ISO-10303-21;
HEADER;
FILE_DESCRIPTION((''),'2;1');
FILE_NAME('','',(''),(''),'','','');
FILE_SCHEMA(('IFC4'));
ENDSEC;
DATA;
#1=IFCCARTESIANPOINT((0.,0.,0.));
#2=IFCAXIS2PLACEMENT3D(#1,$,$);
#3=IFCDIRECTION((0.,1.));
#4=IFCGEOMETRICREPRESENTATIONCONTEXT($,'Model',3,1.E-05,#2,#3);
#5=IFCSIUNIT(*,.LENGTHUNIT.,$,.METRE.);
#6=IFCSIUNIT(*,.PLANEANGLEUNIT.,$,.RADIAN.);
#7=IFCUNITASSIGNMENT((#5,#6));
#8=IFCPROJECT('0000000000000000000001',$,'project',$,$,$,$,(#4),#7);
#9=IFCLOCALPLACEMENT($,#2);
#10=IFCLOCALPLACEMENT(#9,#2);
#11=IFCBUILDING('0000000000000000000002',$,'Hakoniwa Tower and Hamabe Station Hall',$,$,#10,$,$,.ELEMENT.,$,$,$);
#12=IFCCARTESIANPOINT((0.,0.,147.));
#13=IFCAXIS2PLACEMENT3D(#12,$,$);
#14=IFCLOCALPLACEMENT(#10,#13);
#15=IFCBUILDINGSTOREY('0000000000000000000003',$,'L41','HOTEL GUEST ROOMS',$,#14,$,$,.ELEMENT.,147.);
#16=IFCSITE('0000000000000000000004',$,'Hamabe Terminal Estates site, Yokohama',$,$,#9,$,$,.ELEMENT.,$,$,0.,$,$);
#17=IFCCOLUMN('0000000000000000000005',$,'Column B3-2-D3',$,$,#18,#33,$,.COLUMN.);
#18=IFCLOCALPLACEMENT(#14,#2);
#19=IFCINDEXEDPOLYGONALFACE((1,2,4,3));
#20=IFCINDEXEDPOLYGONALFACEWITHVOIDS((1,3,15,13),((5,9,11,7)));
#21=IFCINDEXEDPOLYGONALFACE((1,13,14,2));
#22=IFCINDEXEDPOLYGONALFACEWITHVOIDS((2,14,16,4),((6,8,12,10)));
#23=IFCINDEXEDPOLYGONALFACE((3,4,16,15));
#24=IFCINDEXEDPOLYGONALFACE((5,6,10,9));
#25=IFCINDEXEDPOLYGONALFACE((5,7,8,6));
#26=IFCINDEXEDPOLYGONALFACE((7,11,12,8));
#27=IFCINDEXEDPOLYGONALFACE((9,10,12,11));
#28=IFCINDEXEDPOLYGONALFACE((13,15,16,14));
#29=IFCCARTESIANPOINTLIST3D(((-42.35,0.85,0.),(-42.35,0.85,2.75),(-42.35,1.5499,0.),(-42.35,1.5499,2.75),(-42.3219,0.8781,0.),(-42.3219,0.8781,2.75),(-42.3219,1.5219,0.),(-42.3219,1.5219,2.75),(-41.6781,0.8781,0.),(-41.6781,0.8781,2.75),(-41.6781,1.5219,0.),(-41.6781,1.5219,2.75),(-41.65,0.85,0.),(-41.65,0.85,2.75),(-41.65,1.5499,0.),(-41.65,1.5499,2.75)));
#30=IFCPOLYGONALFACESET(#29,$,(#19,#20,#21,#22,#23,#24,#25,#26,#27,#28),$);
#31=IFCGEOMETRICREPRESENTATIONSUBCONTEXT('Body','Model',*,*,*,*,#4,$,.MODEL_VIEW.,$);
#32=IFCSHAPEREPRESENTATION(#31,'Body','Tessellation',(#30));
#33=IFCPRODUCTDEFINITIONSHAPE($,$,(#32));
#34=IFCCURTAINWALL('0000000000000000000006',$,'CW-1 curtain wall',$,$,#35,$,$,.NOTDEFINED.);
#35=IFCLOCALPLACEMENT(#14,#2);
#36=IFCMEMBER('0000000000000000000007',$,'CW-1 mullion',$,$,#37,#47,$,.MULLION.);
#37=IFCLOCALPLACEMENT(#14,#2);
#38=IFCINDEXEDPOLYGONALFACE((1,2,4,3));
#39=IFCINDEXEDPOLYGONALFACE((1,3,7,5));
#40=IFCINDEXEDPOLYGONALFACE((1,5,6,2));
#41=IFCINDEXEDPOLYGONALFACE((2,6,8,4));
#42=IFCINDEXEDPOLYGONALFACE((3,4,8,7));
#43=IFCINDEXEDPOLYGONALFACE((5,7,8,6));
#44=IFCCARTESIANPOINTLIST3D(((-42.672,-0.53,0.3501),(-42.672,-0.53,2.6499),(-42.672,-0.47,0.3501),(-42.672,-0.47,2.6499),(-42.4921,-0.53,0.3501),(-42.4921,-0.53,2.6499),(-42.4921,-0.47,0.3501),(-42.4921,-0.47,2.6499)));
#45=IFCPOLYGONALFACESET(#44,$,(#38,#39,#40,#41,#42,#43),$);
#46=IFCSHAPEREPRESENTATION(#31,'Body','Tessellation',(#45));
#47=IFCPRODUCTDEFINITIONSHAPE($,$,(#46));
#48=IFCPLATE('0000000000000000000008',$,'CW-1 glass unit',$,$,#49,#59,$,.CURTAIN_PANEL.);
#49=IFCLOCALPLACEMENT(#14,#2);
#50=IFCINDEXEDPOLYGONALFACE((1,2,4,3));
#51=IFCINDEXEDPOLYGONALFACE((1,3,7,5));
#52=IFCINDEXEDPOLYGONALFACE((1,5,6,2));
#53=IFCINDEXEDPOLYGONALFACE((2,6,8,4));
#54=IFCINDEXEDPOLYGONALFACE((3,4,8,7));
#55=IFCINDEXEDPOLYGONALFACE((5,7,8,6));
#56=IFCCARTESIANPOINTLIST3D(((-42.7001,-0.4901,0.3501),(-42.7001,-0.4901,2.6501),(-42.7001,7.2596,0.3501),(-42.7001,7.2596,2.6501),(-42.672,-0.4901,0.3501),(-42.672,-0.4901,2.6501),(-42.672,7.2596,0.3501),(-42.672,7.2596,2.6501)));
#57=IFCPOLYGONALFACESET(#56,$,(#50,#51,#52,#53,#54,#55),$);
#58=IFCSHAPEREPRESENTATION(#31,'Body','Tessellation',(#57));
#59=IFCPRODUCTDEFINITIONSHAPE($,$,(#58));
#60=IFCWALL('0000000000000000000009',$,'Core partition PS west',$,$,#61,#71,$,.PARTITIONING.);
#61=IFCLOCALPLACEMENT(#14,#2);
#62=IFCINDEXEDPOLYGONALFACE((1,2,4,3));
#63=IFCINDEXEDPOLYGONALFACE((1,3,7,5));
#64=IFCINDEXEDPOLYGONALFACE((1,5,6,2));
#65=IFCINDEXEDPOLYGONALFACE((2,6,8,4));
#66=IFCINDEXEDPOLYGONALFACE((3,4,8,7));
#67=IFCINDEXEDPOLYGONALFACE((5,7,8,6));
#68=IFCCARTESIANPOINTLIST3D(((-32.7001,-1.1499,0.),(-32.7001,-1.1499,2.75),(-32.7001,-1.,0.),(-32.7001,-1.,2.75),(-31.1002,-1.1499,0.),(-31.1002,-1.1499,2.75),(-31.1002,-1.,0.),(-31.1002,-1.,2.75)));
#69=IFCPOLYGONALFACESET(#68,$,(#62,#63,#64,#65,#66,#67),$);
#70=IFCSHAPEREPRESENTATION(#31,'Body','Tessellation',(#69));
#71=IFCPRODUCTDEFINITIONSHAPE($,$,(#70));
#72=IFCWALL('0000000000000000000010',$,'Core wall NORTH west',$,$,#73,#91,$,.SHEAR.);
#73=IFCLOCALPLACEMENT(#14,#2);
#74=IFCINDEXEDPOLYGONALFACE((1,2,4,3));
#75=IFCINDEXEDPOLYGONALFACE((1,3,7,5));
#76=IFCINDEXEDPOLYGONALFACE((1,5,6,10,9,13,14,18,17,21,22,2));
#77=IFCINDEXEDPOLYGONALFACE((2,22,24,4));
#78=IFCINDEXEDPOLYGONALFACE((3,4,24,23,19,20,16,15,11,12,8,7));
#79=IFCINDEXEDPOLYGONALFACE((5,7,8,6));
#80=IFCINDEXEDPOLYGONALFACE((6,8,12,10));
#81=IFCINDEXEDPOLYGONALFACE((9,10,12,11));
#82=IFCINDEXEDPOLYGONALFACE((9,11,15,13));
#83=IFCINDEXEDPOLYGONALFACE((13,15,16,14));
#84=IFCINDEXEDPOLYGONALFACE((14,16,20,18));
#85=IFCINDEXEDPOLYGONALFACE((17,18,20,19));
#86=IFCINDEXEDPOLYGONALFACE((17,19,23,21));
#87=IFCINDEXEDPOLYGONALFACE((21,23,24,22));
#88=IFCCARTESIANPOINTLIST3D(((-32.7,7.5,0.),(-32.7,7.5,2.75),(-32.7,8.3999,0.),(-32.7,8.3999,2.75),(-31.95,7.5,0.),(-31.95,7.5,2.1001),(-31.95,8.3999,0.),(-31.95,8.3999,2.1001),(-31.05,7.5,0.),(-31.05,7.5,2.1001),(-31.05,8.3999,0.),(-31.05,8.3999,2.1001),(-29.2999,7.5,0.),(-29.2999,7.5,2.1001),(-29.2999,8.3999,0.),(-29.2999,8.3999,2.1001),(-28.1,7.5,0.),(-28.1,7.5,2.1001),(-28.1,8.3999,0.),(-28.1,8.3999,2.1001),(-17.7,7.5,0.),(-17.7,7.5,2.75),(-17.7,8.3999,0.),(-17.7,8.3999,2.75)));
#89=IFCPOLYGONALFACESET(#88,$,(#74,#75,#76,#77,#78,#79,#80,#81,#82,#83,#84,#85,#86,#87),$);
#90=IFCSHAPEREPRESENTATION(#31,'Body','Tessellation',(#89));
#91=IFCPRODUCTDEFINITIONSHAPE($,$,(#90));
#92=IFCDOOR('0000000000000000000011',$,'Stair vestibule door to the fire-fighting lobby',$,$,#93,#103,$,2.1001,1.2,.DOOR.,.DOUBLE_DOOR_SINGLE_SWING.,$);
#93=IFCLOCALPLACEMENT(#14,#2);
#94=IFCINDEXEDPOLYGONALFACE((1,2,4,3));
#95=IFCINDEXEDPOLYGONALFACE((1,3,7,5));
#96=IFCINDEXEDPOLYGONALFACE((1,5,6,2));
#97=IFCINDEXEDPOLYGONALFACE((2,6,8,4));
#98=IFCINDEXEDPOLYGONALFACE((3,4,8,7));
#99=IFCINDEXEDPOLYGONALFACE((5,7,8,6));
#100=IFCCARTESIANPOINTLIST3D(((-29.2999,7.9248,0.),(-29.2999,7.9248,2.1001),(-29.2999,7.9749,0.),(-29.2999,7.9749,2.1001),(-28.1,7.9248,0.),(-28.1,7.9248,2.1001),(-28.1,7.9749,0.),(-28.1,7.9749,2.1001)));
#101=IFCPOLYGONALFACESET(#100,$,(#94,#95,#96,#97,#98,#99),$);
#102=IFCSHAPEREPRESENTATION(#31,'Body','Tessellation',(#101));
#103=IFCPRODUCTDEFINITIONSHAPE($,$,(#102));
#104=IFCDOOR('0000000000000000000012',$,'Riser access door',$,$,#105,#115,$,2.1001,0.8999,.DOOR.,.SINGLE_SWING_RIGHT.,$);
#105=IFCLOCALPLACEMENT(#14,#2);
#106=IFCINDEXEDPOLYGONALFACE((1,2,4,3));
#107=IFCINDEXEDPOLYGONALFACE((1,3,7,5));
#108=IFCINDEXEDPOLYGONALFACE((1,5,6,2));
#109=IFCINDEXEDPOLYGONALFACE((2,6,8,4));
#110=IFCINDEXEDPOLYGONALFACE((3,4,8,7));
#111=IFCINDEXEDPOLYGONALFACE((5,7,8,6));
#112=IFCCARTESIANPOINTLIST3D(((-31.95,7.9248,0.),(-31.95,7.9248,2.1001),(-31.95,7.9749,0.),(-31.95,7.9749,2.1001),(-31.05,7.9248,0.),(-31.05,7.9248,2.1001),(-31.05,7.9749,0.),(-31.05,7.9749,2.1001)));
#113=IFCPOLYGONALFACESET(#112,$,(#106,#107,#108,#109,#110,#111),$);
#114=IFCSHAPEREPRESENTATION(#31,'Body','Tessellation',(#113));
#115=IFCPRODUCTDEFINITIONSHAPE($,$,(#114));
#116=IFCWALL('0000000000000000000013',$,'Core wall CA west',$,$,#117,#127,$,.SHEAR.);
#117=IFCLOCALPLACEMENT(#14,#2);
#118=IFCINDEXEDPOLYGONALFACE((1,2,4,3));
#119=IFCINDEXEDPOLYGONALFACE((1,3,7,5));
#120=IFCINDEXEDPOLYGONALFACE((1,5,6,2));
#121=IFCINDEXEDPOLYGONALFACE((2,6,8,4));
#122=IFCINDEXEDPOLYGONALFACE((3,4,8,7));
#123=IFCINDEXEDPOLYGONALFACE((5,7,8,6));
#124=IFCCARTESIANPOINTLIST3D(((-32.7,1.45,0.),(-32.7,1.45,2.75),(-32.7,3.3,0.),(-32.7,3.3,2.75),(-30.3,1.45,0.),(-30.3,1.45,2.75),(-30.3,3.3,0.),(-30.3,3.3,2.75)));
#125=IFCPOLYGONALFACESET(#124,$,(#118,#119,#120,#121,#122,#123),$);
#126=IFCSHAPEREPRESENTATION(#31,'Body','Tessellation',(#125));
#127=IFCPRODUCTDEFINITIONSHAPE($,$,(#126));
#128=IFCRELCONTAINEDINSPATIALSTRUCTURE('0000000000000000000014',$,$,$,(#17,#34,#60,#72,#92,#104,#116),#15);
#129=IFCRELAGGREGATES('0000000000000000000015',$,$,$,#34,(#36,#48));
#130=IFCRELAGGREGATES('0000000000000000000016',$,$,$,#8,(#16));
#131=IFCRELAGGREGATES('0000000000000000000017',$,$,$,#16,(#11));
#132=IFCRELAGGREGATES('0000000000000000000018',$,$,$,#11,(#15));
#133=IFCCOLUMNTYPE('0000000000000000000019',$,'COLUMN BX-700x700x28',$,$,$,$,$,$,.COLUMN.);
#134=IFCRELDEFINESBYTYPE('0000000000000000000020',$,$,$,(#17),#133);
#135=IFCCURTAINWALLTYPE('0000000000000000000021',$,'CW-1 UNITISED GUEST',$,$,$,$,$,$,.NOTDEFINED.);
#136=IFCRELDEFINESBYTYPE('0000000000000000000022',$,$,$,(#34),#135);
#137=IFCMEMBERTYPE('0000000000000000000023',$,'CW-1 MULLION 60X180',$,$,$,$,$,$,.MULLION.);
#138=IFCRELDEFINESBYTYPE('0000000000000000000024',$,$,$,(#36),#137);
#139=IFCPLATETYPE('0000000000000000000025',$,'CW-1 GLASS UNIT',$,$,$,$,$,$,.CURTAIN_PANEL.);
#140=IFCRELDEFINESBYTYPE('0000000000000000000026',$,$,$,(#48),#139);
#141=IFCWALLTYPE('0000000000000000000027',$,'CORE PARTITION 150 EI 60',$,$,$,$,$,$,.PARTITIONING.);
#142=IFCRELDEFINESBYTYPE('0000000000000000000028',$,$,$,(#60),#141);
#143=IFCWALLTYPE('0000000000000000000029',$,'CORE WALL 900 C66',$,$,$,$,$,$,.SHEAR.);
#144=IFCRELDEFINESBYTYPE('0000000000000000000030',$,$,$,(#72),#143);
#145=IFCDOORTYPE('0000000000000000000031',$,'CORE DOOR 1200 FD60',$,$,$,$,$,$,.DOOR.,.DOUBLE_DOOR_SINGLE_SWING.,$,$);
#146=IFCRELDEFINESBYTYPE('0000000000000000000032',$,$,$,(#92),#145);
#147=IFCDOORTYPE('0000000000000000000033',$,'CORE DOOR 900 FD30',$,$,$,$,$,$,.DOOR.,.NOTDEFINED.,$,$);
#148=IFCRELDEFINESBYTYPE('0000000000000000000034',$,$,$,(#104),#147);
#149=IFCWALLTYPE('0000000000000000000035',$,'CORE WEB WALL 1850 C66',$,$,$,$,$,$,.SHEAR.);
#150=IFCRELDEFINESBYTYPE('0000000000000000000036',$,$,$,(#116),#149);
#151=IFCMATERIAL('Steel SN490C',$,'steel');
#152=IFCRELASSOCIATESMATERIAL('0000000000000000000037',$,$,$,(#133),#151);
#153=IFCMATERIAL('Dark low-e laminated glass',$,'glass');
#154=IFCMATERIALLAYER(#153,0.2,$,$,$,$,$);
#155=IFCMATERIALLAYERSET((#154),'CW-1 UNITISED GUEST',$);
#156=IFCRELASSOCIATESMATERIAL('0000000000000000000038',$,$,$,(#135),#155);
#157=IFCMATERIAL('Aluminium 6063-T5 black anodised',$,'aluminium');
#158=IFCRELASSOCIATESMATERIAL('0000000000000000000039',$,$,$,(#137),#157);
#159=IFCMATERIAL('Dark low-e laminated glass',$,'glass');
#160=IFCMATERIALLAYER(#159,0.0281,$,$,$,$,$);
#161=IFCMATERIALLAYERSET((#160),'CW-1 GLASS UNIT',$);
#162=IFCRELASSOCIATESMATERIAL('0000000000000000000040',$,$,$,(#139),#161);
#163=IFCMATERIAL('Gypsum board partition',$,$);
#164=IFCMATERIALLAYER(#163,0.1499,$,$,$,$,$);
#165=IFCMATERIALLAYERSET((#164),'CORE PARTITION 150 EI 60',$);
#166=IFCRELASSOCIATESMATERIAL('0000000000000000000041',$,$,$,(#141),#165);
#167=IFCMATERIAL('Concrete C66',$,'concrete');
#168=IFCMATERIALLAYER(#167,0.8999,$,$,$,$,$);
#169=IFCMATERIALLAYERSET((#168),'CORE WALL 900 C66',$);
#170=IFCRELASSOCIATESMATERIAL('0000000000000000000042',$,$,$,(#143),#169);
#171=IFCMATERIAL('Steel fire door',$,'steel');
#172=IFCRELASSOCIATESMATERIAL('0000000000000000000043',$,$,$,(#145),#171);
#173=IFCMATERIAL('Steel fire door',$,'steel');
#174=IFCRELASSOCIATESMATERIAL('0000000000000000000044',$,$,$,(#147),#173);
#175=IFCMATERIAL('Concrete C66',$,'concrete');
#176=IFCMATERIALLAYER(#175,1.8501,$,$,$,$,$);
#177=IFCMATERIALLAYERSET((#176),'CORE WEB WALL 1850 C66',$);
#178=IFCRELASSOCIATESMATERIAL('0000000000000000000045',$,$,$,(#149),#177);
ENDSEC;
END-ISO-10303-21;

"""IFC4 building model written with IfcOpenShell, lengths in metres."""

from ifc_helpers import new_model, si_unit, direction, frame, frame_2d, origin, origin_2d, place, context, subcontext, project, spatial, rectangle, hollow_rectangle, extrude, material, layer, layer_set, material_profile, profile_set, type_object, element, fill, aggregate, save


model = new_model("IFC4")

# Units and contexts
model_context = context("Model", 3, precision=1e-05, world=origin(), true_north=direction((0.0, 1.0)))
body_context = subcontext(model_context, "Body", "Model", "MODEL_VIEW")
ifc_project = project(units=[si_unit("LENGTHUNIT", "METRE"), si_unit("PLANEANGLEUNIT", "RADIAN")], contexts=[model_context])

# Site, building, storey
site_placement = place(None, origin())
site = spatial("IfcSite", under=ifc_project, at=site_placement, Name="Hamabe Terminal Estates site, Yokohama", CompositionType="ELEMENT", RefElevation=0.0)
building_placement = place(site_placement, origin())
building = spatial("IfcBuilding", under=site, at=building_placement, Name="Hakoniwa Tower and Hamabe Station Hall", CompositionType="ELEMENT")
storey_placement = place(building_placement, frame((0.0, 0.0, 147.0)))
storey = spatial("IfcBuildingStorey", under=building, at=storey_placement, Name="L41", Description="HOTEL GUEST ROOMS", CompositionType="ELEMENT", Elevation=147.0)

# Column
ifc_material_1 = material(Name="Steel SN490C", Category="steel")
ifc_material_profile_1 = material_profile(ifc_material_1, hollow_rectangle(XDim=0.7, YDim=0.7, WallThickness=0.0281, at=origin_2d()), Name="BX-700x700x28")
ifc_profile_set_1 = profile_set([ifc_material_profile_1], Name="Steel SN490C")
column_type = type_object("IfcColumnType", Name="COLUMN BX-700x700x28", PredefinedType="COLUMN", material=ifc_profile_set_1)
column_placement = place(storey_placement, frame((-42.0, 1.2, 0.0), z_axis=(0.0, 0.0, 1.0), x_axis=(1.0, 0.0, 0.0)))
element("IfcColumn", 1, at=column_placement, inside=storey, type_object=column_type, Name="Column B3-2-D3", PredefinedType="COLUMN", context=body_context, shape_type="SweptSolid", body=[
    extrude(hollow_rectangle(XDim=0.7, YDim=0.7, WallThickness=0.0281, at=origin_2d()), origin(), (0.0, 0.0, 1.0), 2.75),
])

# Curtain wall, member, plate
ifc_material_2 = material(Name="Dark low-e laminated glass", Category="glass")
ifc_layer_1 = layer(ifc_material_2, 0.2)
ifc_layer_set_1 = layer_set([ifc_layer_1], Name="CW-1 UNITISED GUEST")
curtain_wall_type = type_object("IfcCurtainWallType", Name="CW-1 UNITISED GUEST", PredefinedType="NOTDEFINED", material=ifc_layer_set_1)
curtain_wall_placement = place(storey_placement, origin())
curtain_wall = element("IfcCurtainWall", 2, at=curtain_wall_placement, inside=storey, type_object=curtain_wall_type, Name="CW-1 curtain wall", PredefinedType="NOTDEFINED")
ifc_material_3 = material(Name="Aluminium 6063-T5 black anodised", Category="aluminium")
ifc_material_profile_2 = material_profile(ifc_material_3, rectangle(XDim=0.0601, YDim=0.1799, at=origin_2d()), Name="CW-1 MULLION 60X180")
ifc_profile_set_2 = profile_set([ifc_material_profile_2], Name="Aluminium 6063-T5 black anodised")
member_type = type_object("IfcMemberType", Name="CW-1 MULLION 60X180", PredefinedType="MULLION", material=ifc_profile_set_2)
member_placement = place(storey_placement, frame((-42.582, -0.5, 0.3501), z_axis=(0.0, 0.0, 1.0), x_axis=(0.0, -1.0, 0.0)))
member = element("IfcMember", 3, at=member_placement, type_object=member_type, Name="CW-1 mullion", PredefinedType="MULLION", context=body_context, shape_type="SweptSolid", body=[
    extrude(rectangle(XDim=0.0601, YDim=0.1799, at=origin_2d()), origin(), (0.0, 0.0, 1.0), 2.2998),
])
ifc_material_4 = material(Name="Dark low-e laminated glass", Category="glass")
ifc_layer_2 = layer(ifc_material_4, 0.0281)
ifc_layer_set_2 = layer_set([ifc_layer_2], Name="CW-1 GLASS UNIT")
plate_type = type_object("IfcPlateType", Name="CW-1 GLASS UNIT", PredefinedType="CURTAIN_PANEL", material=ifc_layer_set_2)
plate_placement = place(storey_placement, frame((-42.686, 3.3848, 0.3501), z_axis=(0.0, 0.0, 1.0), x_axis=(0.0, -1.0, 0.0)))
plate = element("IfcPlate", 4, at=plate_placement, type_object=plate_type, Name="CW-1 glass unit", PredefinedType="CURTAIN_PANEL", context=body_context, shape_type="SweptSolid", body=[
    extrude(rectangle(XDim=7.7498, YDim=0.0281, at=origin_2d()), origin(), (0.0, 0.0, 1.0), 2.3),
])
aggregate(curtain_wall, [member, plate])

# Wall
ifc_material_5 = material(Name="Gypsum board partition")
ifc_layer_3 = layer(ifc_material_5, 0.1499)
ifc_layer_set_3 = layer_set([ifc_layer_3], Name="CORE PARTITION 150 EI 60")
wall_type_1 = type_object("IfcWallType", Name="CORE PARTITION 150 EI 60", PredefinedType="PARTITIONING", material=ifc_layer_set_3)
wall_1_placement = place(storey_placement, frame((-32.7, -1.075, 0.0), z_axis=(0.0, 0.0, 1.0), x_axis=(1.0, 0.0, 0.0)))
element("IfcWall", 5, at=wall_1_placement, inside=storey, type_object=wall_type_1, Name="Core partition PS west", PredefinedType="PARTITIONING", context=body_context, shape_type="SweptSolid", body=[
    extrude(rectangle(XDim=1.5999, YDim=0.1499, at=frame_2d((0.7998, 0.0))), origin(), (0.0, 0.0, 1.0), 2.75),
])

# Wall, openings, doors
ifc_material_6 = material(Name="Concrete C66", Category="concrete")
ifc_layer_4 = layer(ifc_material_6, 0.8999)
ifc_layer_set_4 = layer_set([ifc_layer_4], Name="CORE WALL 900 C66")
wall_type_2 = type_object("IfcWallType", Name="CORE WALL 900 C66", PredefinedType="SHEAR", material=ifc_layer_set_4)
wall_2_placement = place(storey_placement, frame((-32.7, 7.95, 0.0), z_axis=(0.0, 0.0, 1.0), x_axis=(1.0, 0.0, 0.0)))
wall_2 = element("IfcWall", 6, at=wall_2_placement, inside=storey, type_object=wall_type_2, Name="Core wall NORTH west", PredefinedType="SHEAR", context=body_context, shape_type="SweptSolid", body=[
    extrude(rectangle(XDim=15.0, YDim=0.8999, at=frame_2d((7.5, 0.0))), origin(), (0.0, 0.0, 1.0), 2.75),
])
opening_1_placement = place(wall_2_placement, frame((3.3999, 0.0, 0.0)))
opening_1 = element("IfcOpeningElement", 7, at=opening_1_placement, cuts=wall_2, PredefinedType="OPENING", context=body_context, shape_type="SweptSolid", body=[
    extrude(rectangle(XDim=1.2, YDim=2.1001, at=frame_2d((0.6001, 1.05))), frame((0.0, 0.46, 0.0), z_axis=(0.0, -1.0, 0.0), x_axis=(1.0, 0.0, 0.0)), (0.0, 0.0, 1.0), 0.9199),
])
opening_2_placement = place(wall_2_placement, frame((0.75, 0.0, 0.0)))
opening_2 = element("IfcOpeningElement", 8, at=opening_2_placement, cuts=wall_2, PredefinedType="OPENING", context=body_context, shape_type="SweptSolid", body=[
    extrude(rectangle(XDim=0.8999, YDim=2.1001, at=frame_2d((0.45, 1.05))), frame((0.0, 0.46, 0.0), z_axis=(0.0, -1.0, 0.0), x_axis=(1.0, 0.0, 0.0)), (0.0, 0.0, 1.0), 0.9199),
])
ifc_material_7 = material(Name="Steel fire door", Category="steel")
door_type_1 = type_object("IfcDoorType", Name="CORE DOOR 1200 FD60", OperationType="DOUBLE_DOOR_SINGLE_SWING", PredefinedType="DOOR", material=ifc_material_7)
door_1_placement = place(opening_1_placement, origin())
door_1 = element("IfcDoor", 9, at=door_1_placement, inside=storey, type_object=door_type_1, Name="Stair vestibule door to the fire-fighting lobby", OperationType="DOUBLE_DOOR_SINGLE_SWING", OverallHeight=2.1001, OverallWidth=1.2, PredefinedType="DOOR", context=body_context, shape_type="SweptSolid", body=[
    extrude(rectangle(XDim=1.2, YDim=2.1001, at=frame_2d((0.6001, 1.05))), frame((0.0, 0.0249, 0.0), z_axis=(0.0, -1.0, 0.0), x_axis=(1.0, 0.0, 0.0)), (0.0, 0.0, 1.0), 0.05),
])
fill(opening_1, door_1)
ifc_material_8 = material(Name="Steel fire door", Category="steel")
door_type_2 = type_object("IfcDoorType", Name="CORE DOOR 900 FD30", OperationType="NOTDEFINED", PredefinedType="DOOR", material=ifc_material_8)
door_2_placement = place(opening_2_placement, origin())
door_2 = element("IfcDoor", 10, at=door_2_placement, inside=storey, type_object=door_type_2, Name="Riser access door", OperationType="SINGLE_SWING_RIGHT", OverallHeight=2.1001, OverallWidth=0.8999, PredefinedType="DOOR", context=body_context, shape_type="SweptSolid", body=[
    extrude(rectangle(XDim=0.8999, YDim=2.1001, at=frame_2d((0.45, 1.05))), frame((0.0, 0.0249, 0.0), z_axis=(0.0, -1.0, 0.0), x_axis=(1.0, 0.0, 0.0)), (0.0, 0.0, 1.0), 0.05),
])
fill(opening_2, door_2)

# Wall
ifc_material_9 = material(Name="Concrete C66", Category="concrete")
ifc_layer_5 = layer(ifc_material_9, 1.8501)
ifc_layer_set_5 = layer_set([ifc_layer_5], Name="CORE WEB WALL 1850 C66")
wall_type_3 = type_object("IfcWallType", Name="CORE WEB WALL 1850 C66", PredefinedType="SHEAR", material=ifc_layer_set_5)
wall_3_placement = place(storey_placement, frame((-32.7, 2.375, 0.0), z_axis=(0.0, 0.0, 1.0), x_axis=(1.0, 0.0, 0.0)))
element("IfcWall", 11, at=wall_3_placement, inside=storey, type_object=wall_type_3, Name="Core wall CA west", PredefinedType="SHEAR", context=body_context, shape_type="SweptSolid", body=[
    extrude(rectangle(XDim=2.3999, YDim=1.8501, at=frame_2d((1.2, 0.0))), origin(), (0.0, 0.0, 1.0), 2.75),
])

save(model, "model.ifc")
